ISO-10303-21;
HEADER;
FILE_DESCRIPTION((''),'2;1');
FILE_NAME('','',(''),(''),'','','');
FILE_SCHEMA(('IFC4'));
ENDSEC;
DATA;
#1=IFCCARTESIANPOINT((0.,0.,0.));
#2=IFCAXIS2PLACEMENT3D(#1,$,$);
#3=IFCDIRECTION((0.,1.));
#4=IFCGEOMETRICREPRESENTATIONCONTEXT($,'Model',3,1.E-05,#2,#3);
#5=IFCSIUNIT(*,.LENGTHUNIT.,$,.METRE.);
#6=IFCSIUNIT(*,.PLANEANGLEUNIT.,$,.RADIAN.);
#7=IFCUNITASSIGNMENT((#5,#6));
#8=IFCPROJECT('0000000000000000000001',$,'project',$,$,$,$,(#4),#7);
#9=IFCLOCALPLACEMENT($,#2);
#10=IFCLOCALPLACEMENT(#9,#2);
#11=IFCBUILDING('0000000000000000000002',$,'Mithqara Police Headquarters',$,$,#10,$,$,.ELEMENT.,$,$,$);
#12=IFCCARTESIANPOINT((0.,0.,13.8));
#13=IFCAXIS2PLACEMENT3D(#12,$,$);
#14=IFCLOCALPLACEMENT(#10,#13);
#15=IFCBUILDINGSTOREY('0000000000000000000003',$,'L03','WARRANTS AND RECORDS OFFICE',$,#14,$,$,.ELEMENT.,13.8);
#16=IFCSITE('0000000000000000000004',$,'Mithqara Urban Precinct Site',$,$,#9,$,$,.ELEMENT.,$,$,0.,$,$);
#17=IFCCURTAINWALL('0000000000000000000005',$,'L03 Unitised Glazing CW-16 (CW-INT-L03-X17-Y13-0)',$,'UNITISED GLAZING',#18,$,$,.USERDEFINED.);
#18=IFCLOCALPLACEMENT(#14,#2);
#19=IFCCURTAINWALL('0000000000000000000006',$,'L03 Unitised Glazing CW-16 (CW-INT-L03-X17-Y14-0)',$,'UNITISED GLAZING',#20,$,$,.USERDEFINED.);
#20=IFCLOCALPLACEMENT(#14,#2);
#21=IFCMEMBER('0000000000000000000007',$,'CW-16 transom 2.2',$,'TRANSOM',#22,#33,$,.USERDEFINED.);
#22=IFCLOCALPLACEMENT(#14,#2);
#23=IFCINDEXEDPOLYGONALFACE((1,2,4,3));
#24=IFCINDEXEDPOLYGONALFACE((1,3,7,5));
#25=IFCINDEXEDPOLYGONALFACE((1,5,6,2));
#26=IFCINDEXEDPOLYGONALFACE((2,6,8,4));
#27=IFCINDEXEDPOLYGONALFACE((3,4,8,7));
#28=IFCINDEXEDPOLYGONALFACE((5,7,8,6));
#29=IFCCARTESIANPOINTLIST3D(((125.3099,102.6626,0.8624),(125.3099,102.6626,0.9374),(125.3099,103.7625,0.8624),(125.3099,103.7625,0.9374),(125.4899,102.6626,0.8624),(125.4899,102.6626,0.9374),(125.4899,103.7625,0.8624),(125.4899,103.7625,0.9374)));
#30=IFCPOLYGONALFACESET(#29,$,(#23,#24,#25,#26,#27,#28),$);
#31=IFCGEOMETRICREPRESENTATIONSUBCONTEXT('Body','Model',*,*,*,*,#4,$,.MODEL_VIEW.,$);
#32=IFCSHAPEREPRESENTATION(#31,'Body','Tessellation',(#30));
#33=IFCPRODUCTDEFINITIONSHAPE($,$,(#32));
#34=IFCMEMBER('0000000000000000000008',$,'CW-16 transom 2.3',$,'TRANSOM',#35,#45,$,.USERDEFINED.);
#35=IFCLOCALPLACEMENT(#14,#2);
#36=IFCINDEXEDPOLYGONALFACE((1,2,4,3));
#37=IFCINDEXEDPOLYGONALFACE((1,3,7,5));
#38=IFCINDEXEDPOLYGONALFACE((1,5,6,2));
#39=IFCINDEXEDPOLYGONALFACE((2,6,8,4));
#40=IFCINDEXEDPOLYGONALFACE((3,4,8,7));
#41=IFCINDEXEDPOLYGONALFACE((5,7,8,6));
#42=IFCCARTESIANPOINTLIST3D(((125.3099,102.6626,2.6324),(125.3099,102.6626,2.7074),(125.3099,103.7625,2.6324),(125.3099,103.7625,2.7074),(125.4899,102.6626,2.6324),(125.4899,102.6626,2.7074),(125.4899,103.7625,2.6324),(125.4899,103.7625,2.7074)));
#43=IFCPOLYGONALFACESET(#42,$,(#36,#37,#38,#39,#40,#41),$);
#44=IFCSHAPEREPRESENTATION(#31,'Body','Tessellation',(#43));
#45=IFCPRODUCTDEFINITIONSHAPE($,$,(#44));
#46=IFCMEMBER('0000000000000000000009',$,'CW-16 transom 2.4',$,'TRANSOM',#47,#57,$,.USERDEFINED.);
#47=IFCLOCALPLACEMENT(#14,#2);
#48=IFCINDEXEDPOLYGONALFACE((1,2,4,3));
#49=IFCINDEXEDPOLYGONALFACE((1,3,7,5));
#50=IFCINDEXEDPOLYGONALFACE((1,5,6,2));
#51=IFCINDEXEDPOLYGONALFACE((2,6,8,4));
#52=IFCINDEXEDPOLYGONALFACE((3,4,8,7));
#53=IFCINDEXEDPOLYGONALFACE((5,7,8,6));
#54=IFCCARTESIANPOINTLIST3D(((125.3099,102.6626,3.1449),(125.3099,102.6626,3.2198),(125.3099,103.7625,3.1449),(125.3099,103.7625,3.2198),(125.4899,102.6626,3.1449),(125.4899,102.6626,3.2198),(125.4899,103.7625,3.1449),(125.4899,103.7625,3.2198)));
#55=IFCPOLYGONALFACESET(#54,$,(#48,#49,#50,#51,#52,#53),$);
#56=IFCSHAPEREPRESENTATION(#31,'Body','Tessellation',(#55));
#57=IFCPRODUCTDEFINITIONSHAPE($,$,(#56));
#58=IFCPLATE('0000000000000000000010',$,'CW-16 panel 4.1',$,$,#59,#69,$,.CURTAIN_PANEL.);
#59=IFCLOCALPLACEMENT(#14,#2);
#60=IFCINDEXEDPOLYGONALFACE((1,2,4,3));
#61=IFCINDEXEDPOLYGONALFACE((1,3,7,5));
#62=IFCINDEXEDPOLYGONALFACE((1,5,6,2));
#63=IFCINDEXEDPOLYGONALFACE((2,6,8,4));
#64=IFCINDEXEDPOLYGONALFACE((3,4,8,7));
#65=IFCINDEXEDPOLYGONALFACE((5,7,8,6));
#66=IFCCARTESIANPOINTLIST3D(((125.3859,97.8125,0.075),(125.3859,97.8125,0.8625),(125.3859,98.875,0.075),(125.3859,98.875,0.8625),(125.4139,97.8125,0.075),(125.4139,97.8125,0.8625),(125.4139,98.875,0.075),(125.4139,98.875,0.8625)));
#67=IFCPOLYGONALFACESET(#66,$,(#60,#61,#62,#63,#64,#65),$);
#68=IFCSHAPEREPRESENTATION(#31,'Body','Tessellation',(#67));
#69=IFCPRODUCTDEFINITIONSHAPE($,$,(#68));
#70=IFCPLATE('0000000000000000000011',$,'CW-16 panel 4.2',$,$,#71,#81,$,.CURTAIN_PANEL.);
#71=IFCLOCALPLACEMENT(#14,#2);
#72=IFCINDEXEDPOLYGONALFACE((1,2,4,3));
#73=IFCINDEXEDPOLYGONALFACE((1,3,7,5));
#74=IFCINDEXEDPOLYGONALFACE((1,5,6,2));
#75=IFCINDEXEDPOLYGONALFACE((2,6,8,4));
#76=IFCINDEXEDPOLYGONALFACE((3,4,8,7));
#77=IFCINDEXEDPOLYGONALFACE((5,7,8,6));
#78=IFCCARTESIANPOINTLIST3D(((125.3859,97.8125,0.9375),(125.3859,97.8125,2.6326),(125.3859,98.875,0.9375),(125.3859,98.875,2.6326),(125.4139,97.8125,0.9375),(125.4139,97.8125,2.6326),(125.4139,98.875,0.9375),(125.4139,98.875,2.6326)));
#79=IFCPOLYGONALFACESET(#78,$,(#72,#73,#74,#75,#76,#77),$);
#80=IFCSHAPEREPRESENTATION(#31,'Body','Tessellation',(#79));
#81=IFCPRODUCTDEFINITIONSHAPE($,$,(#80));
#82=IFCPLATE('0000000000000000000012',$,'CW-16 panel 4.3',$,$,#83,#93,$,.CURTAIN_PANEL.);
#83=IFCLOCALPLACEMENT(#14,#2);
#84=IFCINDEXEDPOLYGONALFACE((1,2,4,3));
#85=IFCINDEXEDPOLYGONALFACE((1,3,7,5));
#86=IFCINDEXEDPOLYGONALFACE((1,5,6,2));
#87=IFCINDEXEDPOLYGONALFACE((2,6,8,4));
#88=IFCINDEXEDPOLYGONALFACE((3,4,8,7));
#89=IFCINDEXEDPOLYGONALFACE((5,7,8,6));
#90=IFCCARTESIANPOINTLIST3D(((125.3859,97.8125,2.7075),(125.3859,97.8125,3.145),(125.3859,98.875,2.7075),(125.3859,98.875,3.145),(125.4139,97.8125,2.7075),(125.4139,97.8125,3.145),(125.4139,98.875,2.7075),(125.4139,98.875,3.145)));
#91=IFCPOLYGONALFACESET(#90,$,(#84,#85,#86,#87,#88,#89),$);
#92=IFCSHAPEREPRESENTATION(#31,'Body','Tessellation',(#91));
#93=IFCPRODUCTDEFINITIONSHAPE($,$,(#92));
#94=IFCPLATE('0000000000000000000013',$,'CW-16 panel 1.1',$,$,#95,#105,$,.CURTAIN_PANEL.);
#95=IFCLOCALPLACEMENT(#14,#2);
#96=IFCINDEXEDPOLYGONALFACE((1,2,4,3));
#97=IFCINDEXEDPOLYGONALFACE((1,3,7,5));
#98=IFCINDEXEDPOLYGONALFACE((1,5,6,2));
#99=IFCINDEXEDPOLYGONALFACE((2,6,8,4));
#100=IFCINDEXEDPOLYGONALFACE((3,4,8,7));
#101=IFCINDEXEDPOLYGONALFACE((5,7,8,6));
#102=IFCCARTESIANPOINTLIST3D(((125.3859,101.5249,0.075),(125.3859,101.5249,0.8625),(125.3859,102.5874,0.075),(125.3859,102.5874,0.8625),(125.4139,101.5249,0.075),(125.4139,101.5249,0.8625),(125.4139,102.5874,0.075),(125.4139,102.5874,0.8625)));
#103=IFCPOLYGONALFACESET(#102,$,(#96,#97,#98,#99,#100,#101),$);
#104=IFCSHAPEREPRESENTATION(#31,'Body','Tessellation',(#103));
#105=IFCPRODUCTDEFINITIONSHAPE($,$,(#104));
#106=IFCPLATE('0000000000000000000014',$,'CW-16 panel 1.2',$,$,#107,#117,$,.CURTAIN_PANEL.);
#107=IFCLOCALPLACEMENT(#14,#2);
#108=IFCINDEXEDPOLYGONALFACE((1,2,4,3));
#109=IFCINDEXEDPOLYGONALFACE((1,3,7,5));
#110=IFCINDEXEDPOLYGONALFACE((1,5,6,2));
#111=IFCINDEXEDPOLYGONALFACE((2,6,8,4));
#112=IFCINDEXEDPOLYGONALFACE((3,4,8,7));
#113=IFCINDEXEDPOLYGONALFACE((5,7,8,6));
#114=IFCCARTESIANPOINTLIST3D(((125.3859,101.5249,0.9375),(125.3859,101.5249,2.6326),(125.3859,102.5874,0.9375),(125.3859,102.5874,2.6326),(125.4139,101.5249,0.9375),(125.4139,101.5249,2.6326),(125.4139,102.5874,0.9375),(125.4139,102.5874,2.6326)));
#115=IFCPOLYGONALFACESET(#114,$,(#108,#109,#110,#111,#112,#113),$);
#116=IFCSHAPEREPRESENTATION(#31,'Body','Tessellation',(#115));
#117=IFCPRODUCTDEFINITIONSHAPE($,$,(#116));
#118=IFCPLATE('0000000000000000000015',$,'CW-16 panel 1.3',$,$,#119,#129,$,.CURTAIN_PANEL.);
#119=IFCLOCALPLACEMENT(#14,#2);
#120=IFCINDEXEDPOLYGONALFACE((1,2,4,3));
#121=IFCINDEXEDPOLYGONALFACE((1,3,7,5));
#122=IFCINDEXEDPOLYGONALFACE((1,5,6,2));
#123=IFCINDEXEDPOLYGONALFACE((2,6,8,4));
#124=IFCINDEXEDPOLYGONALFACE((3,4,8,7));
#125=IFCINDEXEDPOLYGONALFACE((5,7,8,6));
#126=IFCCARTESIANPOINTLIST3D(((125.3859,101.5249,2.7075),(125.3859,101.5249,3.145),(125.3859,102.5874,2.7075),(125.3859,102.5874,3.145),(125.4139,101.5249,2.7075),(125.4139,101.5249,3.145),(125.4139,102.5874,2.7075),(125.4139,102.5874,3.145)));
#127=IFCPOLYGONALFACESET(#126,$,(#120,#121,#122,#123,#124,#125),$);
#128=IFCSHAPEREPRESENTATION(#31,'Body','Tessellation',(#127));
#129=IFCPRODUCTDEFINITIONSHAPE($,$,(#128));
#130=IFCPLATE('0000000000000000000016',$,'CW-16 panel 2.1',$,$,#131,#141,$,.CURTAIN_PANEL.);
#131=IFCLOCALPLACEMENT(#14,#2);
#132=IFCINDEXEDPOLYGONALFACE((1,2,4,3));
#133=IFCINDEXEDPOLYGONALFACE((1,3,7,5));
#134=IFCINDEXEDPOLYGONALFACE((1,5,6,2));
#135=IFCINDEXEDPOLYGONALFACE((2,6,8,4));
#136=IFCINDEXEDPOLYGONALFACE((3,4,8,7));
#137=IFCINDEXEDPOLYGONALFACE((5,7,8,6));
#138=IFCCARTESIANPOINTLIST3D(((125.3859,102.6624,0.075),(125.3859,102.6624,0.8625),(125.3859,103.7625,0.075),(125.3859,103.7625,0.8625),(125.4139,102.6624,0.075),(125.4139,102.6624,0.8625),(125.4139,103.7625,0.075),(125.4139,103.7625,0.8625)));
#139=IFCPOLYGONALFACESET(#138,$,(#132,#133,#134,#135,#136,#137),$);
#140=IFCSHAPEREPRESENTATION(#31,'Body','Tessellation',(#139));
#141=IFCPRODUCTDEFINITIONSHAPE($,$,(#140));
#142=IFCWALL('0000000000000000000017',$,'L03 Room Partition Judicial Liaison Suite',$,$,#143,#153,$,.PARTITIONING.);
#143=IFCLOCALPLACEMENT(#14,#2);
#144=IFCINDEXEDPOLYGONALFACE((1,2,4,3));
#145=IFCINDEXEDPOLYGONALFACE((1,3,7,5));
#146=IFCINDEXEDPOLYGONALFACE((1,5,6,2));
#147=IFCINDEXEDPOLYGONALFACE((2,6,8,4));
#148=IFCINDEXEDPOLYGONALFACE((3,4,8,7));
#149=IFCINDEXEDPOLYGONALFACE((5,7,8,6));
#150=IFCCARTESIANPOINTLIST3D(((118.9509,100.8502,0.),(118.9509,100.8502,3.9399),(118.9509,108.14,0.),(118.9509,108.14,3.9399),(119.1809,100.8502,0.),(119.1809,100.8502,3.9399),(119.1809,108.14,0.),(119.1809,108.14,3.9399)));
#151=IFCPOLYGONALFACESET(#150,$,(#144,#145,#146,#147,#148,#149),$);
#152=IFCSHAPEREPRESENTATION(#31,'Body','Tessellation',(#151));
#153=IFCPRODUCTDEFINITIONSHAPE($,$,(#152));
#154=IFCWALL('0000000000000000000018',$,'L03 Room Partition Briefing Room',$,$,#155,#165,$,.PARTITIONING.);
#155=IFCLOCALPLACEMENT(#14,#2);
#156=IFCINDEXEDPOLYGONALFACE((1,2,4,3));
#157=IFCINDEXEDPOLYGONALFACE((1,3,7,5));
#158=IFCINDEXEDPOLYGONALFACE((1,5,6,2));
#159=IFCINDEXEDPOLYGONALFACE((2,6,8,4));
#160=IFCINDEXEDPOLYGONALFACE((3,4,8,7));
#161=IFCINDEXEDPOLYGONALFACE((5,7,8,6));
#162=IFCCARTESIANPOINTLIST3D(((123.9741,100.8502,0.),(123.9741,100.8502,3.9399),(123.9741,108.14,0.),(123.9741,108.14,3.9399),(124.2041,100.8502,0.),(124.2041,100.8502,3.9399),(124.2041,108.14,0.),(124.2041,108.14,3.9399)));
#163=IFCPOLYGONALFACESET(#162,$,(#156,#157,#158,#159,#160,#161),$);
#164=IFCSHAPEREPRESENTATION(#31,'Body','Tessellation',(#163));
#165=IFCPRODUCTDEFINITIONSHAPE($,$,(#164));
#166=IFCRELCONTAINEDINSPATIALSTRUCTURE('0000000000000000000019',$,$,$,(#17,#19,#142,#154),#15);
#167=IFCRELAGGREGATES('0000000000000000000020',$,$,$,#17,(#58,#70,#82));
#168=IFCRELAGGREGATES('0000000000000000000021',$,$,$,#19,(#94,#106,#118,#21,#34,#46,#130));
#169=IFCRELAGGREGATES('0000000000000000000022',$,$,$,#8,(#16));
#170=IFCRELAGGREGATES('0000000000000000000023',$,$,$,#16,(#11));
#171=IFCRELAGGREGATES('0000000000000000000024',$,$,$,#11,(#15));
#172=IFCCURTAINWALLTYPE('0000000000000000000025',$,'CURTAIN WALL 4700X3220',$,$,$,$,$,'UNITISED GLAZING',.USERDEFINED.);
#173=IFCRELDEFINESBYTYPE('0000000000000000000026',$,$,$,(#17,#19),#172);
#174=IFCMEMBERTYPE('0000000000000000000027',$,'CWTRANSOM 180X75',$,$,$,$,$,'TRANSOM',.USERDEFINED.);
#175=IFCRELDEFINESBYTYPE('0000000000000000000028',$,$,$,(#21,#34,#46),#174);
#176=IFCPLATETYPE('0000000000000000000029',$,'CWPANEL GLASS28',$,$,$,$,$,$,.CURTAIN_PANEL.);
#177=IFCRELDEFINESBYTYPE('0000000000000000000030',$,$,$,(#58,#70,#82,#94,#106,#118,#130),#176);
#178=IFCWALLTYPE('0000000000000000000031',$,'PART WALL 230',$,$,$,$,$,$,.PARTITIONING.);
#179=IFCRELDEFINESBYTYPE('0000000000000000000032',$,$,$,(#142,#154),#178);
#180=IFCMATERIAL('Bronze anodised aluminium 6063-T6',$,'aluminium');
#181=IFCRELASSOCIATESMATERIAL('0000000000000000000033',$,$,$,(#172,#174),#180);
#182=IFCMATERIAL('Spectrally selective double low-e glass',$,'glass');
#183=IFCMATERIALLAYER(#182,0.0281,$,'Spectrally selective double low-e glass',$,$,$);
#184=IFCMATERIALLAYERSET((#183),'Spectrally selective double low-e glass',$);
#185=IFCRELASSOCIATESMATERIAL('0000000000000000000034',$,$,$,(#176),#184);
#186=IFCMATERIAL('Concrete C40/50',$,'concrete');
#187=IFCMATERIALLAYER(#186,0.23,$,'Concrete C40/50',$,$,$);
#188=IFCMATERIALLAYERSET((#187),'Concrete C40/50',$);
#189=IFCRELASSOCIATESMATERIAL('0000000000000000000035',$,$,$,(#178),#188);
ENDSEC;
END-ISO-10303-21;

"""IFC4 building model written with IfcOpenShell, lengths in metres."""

from ifc_helpers import new_model, si_unit, direction, frame, frame_2d, origin, origin_2d, place, context, subcontext, project, spatial, rectangle, extrude, material, layer, layer_set, material_profile, profile_set, type_object, element, aggregate, save


model = new_model("IFC4")

# Units and contexts
model_context = context("Model", 3, precision=1e-05, world=origin(), true_north=direction((0.0, 1.0)))
body_context = subcontext(model_context, "Body", "Model", "MODEL_VIEW")
ifc_project = project(units=[si_unit("LENGTHUNIT", "METRE"), si_unit("PLANEANGLEUNIT", "RADIAN")], contexts=[model_context])

# Site, building, storey
site_placement = place(None, origin())
site = spatial("IfcSite", under=ifc_project, at=site_placement, Name="Mithqara Urban Precinct Site", CompositionType="ELEMENT", RefElevation=0.0)
building_placement = place(site_placement, origin())
building = spatial("IfcBuilding", under=site, at=building_placement, Name="Mithqara Police Headquarters", CompositionType="ELEMENT")
storey_placement = place(building_placement, frame((0.0, 0.0, 13.8)))
storey = spatial("IfcBuildingStorey", under=building, at=storey_placement, Name="L03", Description="WARRANTS AND RECORDS OFFICE", CompositionType="ELEMENT", Elevation=13.8)

# Shared definitions
ifc_material_1 = material(Name="Concrete C40/50", Category="concrete")

# Curtain wall
ifc_material_2 = material(Name="Bronze anodised aluminium 6063-T6", Category="aluminium")
curtain_wall_type = type_object("IfcCurtainWallType", Name="CURTAIN WALL 4700X3220", ElementType="UNITISED GLAZING", PredefinedType="USERDEFINED", material=ifc_material_2)
curtain_wall_1_placement = place(storey_placement, origin())
curtain_wall_1 = element("IfcCurtainWall", 1, at=curtain_wall_1_placement, inside=storey, type_object=curtain_wall_type, Name="L03 Unitised Glazing CW-16 (CW-INT-L03-X17-Y13-0)", ObjectType="UNITISED GLAZING", PredefinedType="USERDEFINED")

# Curtain wall, members
curtain_wall_2_placement = place(storey_placement, origin())
curtain_wall_2 = element("IfcCurtainWall", 2, at=curtain_wall_2_placement, inside=storey, type_object=curtain_wall_type, Name="L03 Unitised Glazing CW-16 (CW-INT-L03-X17-Y14-0)", ObjectType="UNITISED GLAZING", PredefinedType="USERDEFINED")
ifc_material_profile_1 = material_profile(ifc_material_2, rectangle(XDim=0.1799, YDim=0.075, at=origin_2d()), Name="CWT 180x75")
ifc_profile_set_1 = profile_set([ifc_material_profile_1], Name="Bronze anodised aluminium 6063-T6")
member_type_1 = type_object("IfcMemberType", Name="CWTRANSOM 180X75", ElementType="TRANSOM", PredefinedType="USERDEFINED", material=ifc_profile_set_1)
member_1_placement = place(storey_placement, frame((125.3999, 102.6626, 0.8999), z_axis=(0.0, 1.0, 0.0), x_axis=(-1.0, 0.0, 0.0)))
member_1 = element("IfcMember", 3, at=member_1_placement, type_object=member_type_1, Name="CW-16 transom 2.2", ObjectType="TRANSOM", PredefinedType="USERDEFINED", context=body_context, shape_type="SweptSolid", body=[
    extrude(rectangle(XDim=0.1799, YDim=0.075, at=origin_2d()), origin(), (0.0, 0.0, 1.0), 1.0999),
])
member_2_placement = place(storey_placement, frame((125.3999, 102.6626, 2.6699), z_axis=(0.0, 1.0, 0.0), x_axis=(-1.0, 0.0, 0.0)))
member_2 = element("IfcMember", 4, at=member_2_placement, type_object=member_type_1, Name="CW-16 transom 2.3", ObjectType="TRANSOM", PredefinedType="USERDEFINED", context=body_context, shape_type="SweptSolid", body=[
    extrude(rectangle(XDim=0.1799, YDim=0.075, at=origin_2d()), origin(), (0.0, 0.0, 1.0), 1.0999),
])
member_3_placement = place(storey_placement, frame((125.3999, 102.6626, 3.1824), z_axis=(0.0, 1.0, 0.0), x_axis=(-1.0, 0.0, 0.0)))
member_3 = element("IfcMember", 5, at=member_3_placement, type_object=member_type_1, Name="CW-16 transom 2.4", ObjectType="TRANSOM", PredefinedType="USERDEFINED", context=body_context, shape_type="SweptSolid", body=[
    extrude(rectangle(XDim=0.1799, YDim=0.075, at=origin_2d()), origin(), (0.0, 0.0, 1.0), 1.0999),
])

# Plates
ifc_material_3 = material(Name="Spectrally selective double low-e glass", Category="glass")
ifc_layer_1 = layer(ifc_material_3, 0.0281, Name="Spectrally selective double low-e glass")
ifc_layer_set_1 = layer_set([ifc_layer_1], Name="Spectrally selective double low-e glass")
plate_type = type_object("IfcPlateType", Name="CWPANEL GLASS28", PredefinedType="CURTAIN_PANEL", material=ifc_layer_set_1)
plate_1_placement = place(storey_placement, frame((125.3999, 98.3438, 0.075), z_axis=(0.0, 0.0, 1.0), x_axis=(0.0, 1.0, 0.0)))
plate_1 = element("IfcPlate", 6, at=plate_1_placement, type_object=plate_type, Name="CW-16 panel 4.1", PredefinedType="CURTAIN_PANEL", context=body_context, shape_type="SweptSolid", body=[
    extrude(rectangle(XDim=1.0625, YDim=0.0281, at=origin_2d()), origin(), (0.0, 0.0, 1.0), 0.7876),
])
plate_2_placement = place(storey_placement, frame((125.3999, 98.3438, 0.9375), z_axis=(0.0, 0.0, 1.0), x_axis=(0.0, 1.0, 0.0)))
plate_2 = element("IfcPlate", 7, at=plate_2_placement, type_object=plate_type, Name="CW-16 panel 4.2", PredefinedType="CURTAIN_PANEL", context=body_context, shape_type="SweptSolid", body=[
    extrude(rectangle(XDim=1.0625, YDim=0.0281, at=origin_2d()), origin(), (0.0, 0.0, 1.0), 1.6951),
])
plate_3_placement = place(storey_placement, frame((125.3999, 98.3438, 2.7075), z_axis=(0.0, 0.0, 1.0), x_axis=(0.0, 1.0, 0.0)))
plate_3 = element("IfcPlate", 8, at=plate_3_placement, type_object=plate_type, Name="CW-16 panel 4.3", PredefinedType="CURTAIN_PANEL", context=body_context, shape_type="SweptSolid", body=[
    extrude(rectangle(XDim=1.0625, YDim=0.0281, at=origin_2d()), origin(), (0.0, 0.0, 1.0), 0.4375),
])
aggregate(curtain_wall_1, [plate_1, plate_2, plate_3])
plate_4_placement = place(storey_placement, frame((125.3999, 102.0562, 0.075), z_axis=(0.0, 0.0, 1.0), x_axis=(0.0, 1.0, 0.0)))
plate_4 = element("IfcPlate", 9, at=plate_4_placement, type_object=plate_type, Name="CW-16 panel 1.1", PredefinedType="CURTAIN_PANEL", context=body_context, shape_type="SweptSolid", body=[
    extrude(rectangle(XDim=1.0625, YDim=0.0281, at=origin_2d()), origin(), (0.0, 0.0, 1.0), 0.7876),
])
plate_5_placement = place(storey_placement, frame((125.3999, 102.0562, 0.9375), z_axis=(0.0, 0.0, 1.0), x_axis=(0.0, 1.0, 0.0)))
plate_5 = element("IfcPlate", 10, at=plate_5_placement, type_object=plate_type, Name="CW-16 panel 1.2", PredefinedType="CURTAIN_PANEL", context=body_context, shape_type="SweptSolid", body=[
    extrude(rectangle(XDim=1.0625, YDim=0.0281, at=origin_2d()), origin(), (0.0, 0.0, 1.0), 1.6951),
])
plate_6_placement = place(storey_placement, frame((125.3999, 102.0562, 2.7075), z_axis=(0.0, 0.0, 1.0), x_axis=(0.0, 1.0, 0.0)))
plate_6 = element("IfcPlate", 11, at=plate_6_placement, type_object=plate_type, Name="CW-16 panel 1.3", PredefinedType="CURTAIN_PANEL", context=body_context, shape_type="SweptSolid", body=[
    extrude(rectangle(XDim=1.0625, YDim=0.0281, at=origin_2d()), origin(), (0.0, 0.0, 1.0), 0.4375),
])
plate_7_placement = place(storey_placement, frame((125.3999, 103.2124, 0.075), z_axis=(0.0, 0.0, 1.0), x_axis=(0.0, 1.0, 0.0)))
plate_7 = element("IfcPlate", 12, at=plate_7_placement, type_object=plate_type, Name="CW-16 panel 2.1", PredefinedType="CURTAIN_PANEL", context=body_context, shape_type="SweptSolid", body=[
    extrude(rectangle(XDim=1.1001, YDim=0.0281, at=origin_2d()), origin(), (0.0, 0.0, 1.0), 0.7876),
])
aggregate(curtain_wall_2, [plate_4, plate_5, plate_6, member_1, member_2, member_3, plate_7])

# Walls
ifc_layer_2 = layer(ifc_material_1, 0.23, Name="Concrete C40/50")
ifc_layer_set_2 = layer_set([ifc_layer_2], Name="Concrete C40/50")
wall_type = type_object("IfcWallType", Name="PART WALL 230", PredefinedType="PARTITIONING", material=ifc_layer_set_2)
for number, where, z_axis, x_axis, name in (
    (13, (119.0659, 100.8501, 0.0), (0.0, 0.0, 1.0), (0.0, 1.0, 0.0), "L03 Room Partition Judicial Liaison Suite"),
    (14, (124.0891, 100.8501, 0.0), (0.0, 0.0, 1.0), (0.0, 1.0, 0.0), "L03 Room Partition Briefing Room"),
):
    element("IfcWall", number, at=place(storey_placement, frame(where, z_axis=z_axis, x_axis=x_axis)), inside=storey, type_object=wall_type, Name=name, PredefinedType="PARTITIONING", context=body_context, shape_type="SweptSolid", body=[
        extrude(rectangle(XDim=7.2898, YDim=0.23, at=frame_2d((3.645, 0.0))), origin(), (0.0, 0.0, 1.0), 3.9399),
    ])

save(model, "model.ifc")
